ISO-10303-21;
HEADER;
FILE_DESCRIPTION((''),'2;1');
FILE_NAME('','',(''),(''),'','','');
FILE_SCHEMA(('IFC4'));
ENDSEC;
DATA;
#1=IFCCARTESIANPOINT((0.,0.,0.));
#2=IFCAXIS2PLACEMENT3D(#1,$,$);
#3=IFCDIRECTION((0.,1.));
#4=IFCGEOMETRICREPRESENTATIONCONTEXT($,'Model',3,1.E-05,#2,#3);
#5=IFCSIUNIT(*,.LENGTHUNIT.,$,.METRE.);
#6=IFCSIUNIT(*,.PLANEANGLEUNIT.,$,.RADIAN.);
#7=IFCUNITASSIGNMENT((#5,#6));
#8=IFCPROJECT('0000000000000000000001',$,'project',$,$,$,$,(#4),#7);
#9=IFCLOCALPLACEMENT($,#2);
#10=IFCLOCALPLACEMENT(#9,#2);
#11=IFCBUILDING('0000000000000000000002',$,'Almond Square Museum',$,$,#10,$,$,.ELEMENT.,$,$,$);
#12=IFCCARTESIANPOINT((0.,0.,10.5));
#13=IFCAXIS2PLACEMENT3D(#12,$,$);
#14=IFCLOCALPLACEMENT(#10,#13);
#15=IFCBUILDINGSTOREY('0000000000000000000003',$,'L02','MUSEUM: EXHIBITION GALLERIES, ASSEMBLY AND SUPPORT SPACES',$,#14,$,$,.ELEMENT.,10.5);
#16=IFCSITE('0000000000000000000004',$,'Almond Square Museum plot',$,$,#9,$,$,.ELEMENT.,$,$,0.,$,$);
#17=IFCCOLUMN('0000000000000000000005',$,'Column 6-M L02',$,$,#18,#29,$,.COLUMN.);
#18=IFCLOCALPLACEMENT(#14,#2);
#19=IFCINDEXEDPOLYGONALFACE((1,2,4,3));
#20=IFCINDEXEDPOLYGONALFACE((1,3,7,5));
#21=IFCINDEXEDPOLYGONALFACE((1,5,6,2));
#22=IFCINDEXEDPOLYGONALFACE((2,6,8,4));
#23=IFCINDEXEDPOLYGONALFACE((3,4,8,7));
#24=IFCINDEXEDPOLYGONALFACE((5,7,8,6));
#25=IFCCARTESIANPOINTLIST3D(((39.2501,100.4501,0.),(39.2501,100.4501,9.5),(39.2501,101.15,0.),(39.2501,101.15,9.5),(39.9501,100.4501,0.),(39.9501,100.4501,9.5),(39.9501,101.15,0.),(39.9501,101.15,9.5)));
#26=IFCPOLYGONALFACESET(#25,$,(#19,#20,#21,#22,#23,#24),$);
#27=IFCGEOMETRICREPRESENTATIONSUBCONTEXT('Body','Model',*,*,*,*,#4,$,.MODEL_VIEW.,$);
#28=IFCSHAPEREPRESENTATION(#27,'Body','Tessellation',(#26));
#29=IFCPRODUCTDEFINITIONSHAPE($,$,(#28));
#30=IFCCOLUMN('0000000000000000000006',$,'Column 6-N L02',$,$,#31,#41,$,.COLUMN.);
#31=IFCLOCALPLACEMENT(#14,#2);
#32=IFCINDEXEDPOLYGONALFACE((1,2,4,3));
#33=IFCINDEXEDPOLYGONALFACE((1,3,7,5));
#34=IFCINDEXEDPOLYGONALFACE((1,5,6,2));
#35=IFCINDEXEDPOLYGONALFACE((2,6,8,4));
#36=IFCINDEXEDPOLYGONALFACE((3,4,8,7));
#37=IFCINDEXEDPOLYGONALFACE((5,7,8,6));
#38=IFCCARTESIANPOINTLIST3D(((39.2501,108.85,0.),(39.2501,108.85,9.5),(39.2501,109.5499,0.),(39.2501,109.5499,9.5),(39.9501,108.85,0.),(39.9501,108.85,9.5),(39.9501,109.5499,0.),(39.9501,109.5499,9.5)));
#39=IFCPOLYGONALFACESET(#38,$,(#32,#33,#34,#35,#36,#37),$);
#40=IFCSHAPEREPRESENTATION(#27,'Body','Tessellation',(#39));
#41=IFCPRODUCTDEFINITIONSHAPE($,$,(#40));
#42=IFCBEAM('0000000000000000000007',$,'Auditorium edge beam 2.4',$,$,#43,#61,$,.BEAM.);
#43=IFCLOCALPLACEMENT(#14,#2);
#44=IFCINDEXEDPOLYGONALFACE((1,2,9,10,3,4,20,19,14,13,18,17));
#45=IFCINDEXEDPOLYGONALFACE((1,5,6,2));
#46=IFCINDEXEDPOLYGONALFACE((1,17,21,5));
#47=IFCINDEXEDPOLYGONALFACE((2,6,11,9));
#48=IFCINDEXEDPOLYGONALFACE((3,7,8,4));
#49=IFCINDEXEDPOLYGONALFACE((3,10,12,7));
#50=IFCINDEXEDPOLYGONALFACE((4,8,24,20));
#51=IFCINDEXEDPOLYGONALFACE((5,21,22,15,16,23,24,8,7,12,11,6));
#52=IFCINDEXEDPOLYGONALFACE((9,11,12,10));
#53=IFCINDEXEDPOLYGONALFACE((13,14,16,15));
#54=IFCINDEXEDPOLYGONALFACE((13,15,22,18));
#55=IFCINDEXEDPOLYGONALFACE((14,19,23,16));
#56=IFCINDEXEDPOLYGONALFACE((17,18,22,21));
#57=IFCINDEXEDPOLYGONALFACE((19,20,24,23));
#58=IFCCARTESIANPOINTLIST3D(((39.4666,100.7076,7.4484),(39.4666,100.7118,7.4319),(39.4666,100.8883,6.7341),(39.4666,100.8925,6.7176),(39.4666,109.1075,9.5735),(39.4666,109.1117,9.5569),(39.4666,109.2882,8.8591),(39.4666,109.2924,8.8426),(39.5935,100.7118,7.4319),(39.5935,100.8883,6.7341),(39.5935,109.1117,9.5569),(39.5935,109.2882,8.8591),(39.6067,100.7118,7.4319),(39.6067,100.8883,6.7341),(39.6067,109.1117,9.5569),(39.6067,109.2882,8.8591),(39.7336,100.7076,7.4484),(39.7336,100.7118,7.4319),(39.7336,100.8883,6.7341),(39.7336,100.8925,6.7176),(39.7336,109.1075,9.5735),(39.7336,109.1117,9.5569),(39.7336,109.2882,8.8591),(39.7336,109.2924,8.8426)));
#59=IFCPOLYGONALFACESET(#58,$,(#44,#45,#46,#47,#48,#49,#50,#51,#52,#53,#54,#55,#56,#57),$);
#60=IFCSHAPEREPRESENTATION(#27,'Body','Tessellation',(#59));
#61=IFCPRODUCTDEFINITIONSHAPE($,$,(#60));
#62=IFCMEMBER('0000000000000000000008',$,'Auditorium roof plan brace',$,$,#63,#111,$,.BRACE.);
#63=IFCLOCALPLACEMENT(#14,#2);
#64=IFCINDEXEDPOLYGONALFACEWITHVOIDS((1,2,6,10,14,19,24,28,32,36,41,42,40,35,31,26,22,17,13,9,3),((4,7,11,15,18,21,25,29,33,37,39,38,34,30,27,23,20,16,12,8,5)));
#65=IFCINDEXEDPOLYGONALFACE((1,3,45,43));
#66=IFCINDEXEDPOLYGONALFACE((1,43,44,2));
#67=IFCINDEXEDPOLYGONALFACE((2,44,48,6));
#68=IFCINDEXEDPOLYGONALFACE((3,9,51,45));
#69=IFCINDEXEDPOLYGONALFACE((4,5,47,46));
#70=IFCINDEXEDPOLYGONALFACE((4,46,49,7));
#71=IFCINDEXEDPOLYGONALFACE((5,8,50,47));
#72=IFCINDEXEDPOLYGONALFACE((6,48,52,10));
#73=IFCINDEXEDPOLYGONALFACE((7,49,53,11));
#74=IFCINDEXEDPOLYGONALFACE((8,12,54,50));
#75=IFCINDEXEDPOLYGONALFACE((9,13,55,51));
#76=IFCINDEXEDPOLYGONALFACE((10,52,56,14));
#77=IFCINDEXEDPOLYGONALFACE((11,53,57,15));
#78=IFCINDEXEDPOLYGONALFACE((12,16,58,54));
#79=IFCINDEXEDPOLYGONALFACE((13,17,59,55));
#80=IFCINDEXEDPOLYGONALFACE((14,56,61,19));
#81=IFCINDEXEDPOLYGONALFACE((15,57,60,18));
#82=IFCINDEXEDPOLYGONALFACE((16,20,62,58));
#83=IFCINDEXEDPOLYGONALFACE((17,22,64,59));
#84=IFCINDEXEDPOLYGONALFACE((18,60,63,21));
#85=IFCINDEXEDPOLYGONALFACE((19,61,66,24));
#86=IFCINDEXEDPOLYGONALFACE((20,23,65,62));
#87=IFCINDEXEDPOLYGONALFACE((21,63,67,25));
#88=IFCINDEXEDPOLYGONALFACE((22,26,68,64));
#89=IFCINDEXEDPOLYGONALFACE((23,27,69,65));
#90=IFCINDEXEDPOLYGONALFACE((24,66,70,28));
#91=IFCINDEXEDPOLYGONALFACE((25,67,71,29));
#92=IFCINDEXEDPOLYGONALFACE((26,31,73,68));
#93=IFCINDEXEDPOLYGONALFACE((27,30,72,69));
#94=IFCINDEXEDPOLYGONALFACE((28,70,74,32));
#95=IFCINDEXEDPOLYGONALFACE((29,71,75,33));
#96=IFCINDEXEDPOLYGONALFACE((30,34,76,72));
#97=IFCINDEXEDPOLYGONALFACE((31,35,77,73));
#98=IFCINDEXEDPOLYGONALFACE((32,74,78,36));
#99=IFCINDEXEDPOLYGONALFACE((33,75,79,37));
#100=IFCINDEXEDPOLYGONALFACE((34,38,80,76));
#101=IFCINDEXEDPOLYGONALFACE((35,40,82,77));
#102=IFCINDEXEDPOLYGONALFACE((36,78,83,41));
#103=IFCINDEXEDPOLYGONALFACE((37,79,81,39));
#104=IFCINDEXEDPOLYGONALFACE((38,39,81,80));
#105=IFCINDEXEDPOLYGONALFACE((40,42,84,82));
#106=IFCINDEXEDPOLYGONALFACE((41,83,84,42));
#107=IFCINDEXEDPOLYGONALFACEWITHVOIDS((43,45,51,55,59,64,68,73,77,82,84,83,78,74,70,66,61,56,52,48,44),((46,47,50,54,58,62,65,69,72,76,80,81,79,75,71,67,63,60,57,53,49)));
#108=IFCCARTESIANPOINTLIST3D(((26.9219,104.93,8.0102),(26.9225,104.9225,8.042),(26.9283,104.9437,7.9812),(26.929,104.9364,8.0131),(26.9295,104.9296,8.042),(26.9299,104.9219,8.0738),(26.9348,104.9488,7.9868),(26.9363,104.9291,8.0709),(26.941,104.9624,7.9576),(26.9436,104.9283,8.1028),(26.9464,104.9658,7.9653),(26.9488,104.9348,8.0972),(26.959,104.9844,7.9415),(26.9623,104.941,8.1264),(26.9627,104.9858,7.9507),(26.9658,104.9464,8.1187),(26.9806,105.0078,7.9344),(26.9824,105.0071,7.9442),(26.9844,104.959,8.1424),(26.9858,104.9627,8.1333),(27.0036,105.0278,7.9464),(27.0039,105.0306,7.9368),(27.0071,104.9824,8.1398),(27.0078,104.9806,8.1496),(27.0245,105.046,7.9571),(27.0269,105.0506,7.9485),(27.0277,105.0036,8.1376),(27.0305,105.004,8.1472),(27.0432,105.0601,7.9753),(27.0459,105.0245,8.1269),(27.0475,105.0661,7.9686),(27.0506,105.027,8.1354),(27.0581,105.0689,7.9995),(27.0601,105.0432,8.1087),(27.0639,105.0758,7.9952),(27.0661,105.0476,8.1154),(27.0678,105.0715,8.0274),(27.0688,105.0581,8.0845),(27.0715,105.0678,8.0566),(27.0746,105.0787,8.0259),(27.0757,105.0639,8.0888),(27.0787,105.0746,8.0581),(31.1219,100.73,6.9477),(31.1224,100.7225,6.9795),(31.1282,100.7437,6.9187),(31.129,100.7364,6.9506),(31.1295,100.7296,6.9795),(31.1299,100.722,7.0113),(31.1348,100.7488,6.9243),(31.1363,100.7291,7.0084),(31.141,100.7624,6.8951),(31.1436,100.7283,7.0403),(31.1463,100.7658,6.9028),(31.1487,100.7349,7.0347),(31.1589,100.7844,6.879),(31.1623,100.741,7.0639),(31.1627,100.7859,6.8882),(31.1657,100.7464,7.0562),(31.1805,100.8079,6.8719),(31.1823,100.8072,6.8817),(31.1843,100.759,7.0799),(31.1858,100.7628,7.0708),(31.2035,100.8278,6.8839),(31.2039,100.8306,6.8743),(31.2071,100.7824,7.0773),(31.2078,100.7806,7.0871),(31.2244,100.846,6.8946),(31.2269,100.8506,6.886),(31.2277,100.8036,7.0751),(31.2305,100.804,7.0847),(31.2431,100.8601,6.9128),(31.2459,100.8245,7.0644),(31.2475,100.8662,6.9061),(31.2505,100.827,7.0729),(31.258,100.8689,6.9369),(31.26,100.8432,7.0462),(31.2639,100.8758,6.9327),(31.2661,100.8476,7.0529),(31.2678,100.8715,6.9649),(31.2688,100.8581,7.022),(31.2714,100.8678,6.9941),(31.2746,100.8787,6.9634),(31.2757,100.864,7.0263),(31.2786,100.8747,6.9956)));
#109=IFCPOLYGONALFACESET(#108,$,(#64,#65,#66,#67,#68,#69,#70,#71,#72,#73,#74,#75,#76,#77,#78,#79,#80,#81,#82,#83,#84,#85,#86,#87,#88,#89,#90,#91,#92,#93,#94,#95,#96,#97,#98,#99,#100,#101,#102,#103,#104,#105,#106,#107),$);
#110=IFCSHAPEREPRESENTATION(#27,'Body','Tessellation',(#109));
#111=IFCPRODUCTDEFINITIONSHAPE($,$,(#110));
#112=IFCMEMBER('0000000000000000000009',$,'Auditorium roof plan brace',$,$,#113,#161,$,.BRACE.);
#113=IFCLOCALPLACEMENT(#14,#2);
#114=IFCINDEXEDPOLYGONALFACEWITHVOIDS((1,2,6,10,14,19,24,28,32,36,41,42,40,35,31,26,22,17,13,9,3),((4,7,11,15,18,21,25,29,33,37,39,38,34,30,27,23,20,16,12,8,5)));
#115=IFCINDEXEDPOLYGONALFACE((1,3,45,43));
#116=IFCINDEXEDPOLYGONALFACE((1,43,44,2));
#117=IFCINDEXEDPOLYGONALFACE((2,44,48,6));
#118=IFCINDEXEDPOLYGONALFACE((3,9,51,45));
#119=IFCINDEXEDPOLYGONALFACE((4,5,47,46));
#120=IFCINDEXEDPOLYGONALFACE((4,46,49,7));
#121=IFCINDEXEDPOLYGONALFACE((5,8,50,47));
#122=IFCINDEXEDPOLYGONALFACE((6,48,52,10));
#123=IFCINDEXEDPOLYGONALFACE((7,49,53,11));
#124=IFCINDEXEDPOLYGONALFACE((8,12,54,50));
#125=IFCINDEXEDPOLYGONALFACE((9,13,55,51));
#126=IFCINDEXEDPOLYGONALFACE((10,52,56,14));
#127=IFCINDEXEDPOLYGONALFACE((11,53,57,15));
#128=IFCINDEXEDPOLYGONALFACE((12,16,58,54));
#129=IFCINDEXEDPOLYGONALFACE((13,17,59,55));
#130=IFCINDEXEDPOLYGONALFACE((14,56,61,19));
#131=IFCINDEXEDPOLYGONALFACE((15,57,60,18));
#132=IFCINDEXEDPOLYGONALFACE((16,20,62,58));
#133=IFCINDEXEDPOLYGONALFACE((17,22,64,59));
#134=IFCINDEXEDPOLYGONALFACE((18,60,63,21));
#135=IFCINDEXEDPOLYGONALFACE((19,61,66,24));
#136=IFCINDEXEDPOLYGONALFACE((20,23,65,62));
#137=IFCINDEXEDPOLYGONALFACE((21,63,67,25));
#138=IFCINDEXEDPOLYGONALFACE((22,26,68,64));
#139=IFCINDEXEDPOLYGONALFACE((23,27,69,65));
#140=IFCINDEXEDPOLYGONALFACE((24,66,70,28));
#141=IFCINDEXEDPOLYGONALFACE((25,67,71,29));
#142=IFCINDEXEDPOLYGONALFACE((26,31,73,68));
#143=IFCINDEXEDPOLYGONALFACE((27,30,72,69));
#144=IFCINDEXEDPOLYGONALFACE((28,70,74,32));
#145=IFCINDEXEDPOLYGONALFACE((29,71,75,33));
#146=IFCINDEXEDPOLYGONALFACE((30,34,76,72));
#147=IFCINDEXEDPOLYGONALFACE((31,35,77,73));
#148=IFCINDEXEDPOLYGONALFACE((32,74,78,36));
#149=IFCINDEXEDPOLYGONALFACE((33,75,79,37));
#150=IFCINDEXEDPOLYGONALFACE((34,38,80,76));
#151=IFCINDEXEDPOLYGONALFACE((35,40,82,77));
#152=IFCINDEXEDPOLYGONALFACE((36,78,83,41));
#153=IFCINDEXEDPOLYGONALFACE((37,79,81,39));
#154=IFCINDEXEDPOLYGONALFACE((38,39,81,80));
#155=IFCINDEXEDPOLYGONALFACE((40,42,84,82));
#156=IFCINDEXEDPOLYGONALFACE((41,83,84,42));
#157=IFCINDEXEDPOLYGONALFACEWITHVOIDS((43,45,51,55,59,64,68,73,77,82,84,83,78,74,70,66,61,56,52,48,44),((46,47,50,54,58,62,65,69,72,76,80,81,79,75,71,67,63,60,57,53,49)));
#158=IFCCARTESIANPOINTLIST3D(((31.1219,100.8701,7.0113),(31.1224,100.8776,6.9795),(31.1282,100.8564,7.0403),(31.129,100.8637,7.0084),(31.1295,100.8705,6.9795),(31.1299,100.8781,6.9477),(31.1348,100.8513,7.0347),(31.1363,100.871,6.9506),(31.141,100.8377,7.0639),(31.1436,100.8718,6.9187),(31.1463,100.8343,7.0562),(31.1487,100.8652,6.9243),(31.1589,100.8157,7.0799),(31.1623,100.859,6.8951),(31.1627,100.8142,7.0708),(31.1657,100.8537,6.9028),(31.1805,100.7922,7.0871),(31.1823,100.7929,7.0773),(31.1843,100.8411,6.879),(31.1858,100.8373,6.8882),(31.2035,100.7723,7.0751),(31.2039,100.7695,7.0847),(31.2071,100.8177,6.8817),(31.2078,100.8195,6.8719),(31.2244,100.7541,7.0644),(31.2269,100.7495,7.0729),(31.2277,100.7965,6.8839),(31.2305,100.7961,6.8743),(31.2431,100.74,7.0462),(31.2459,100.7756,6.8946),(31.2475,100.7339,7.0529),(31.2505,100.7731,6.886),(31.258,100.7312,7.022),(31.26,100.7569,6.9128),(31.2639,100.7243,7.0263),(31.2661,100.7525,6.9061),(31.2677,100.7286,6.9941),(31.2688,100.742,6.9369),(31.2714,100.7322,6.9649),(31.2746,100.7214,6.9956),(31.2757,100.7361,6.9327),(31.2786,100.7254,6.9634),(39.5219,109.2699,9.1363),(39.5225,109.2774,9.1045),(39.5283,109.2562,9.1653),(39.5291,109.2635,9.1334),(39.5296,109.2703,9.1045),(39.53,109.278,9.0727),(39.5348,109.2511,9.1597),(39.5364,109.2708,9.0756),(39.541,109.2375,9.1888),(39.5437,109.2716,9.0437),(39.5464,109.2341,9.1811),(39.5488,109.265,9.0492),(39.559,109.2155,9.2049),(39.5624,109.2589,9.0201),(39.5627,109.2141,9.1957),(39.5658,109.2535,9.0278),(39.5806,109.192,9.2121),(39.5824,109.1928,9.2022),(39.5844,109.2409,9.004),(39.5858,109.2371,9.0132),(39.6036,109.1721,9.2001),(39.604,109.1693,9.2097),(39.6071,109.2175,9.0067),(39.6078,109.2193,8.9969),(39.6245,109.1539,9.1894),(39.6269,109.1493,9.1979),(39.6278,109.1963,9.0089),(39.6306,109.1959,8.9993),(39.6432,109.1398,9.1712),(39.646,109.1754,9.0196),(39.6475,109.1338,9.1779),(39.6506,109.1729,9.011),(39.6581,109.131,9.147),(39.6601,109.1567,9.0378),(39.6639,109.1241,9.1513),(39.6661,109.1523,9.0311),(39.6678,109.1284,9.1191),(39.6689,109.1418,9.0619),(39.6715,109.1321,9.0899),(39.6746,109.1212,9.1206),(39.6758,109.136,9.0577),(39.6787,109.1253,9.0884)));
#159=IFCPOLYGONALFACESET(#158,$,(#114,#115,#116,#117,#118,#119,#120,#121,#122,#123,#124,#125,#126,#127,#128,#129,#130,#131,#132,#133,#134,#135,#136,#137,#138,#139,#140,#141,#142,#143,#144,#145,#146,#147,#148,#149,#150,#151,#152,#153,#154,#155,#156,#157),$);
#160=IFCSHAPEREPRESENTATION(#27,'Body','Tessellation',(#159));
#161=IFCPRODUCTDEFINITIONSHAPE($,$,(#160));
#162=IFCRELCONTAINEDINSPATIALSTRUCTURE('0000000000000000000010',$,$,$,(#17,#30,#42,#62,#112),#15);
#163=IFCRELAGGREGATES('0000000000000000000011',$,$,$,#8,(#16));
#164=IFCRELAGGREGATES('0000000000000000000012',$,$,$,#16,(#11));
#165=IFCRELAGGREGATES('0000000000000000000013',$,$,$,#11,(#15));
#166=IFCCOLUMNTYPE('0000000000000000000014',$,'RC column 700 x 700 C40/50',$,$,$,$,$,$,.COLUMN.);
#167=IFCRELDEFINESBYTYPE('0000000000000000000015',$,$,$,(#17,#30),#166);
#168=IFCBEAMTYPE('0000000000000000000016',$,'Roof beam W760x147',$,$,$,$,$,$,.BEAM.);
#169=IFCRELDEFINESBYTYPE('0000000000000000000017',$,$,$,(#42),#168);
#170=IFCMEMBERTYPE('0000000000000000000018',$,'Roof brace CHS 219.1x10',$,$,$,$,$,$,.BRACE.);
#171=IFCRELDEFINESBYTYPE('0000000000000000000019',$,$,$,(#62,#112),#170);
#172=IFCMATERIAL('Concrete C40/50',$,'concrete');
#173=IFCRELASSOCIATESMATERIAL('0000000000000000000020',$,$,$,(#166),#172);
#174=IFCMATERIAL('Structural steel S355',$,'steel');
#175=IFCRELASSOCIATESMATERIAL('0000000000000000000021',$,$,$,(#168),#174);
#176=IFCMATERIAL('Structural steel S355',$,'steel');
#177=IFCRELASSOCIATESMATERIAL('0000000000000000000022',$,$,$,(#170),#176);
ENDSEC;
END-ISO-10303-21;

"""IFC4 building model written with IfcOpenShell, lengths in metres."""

from ifc_helpers import new_model, si_unit, direction, frame, origin, origin_2d, place, context, subcontext, project, spatial, rectangle, hollow_circle, i_section, extrude, material, material_profile, profile_set, type_object, element, save


model = new_model("IFC4")

# Units and contexts
model_context = context("Model", 3, precision=1e-05, world=origin(), true_north=direction((0.0, 1.0)))
body_context = subcontext(model_context, "Body", "Model", "MODEL_VIEW")
ifc_project = project(units=[si_unit("LENGTHUNIT", "METRE"), si_unit("PLANEANGLEUNIT", "RADIAN")], contexts=[model_context])

# Site, building, storey
site_placement = place(None, origin())
site = spatial("IfcSite", under=ifc_project, at=site_placement, Name="Almond Square Museum plot", CompositionType="ELEMENT", RefElevation=0.0)
building_placement = place(site_placement, origin())
building = spatial("IfcBuilding", under=site, at=building_placement, Name="Almond Square Museum", CompositionType="ELEMENT")
storey_placement = place(building_placement, frame((0.0, 0.0, 10.5)))
storey = spatial("IfcBuildingStorey", under=building, at=storey_placement, Name="L02", Description="MUSEUM: EXHIBITION GALLERIES, ASSEMBLY AND SUPPORT SPACES", CompositionType="ELEMENT", Elevation=10.5)

# Columns
ifc_material_1 = material(Name="Concrete C40/50", Category="concrete")
ifc_material_profile_1 = material_profile(ifc_material_1, rectangle(XDim=0.7, YDim=0.7, at=origin_2d()))
ifc_profile_set_1 = profile_set([ifc_material_profile_1], Name="Concrete C40/50")
column_type = type_object("IfcColumnType", Name="RC column 700 x 700 C40/50", PredefinedType="COLUMN", material=ifc_profile_set_1)
for number, where, z_axis, x_axis, name in (
    (1, (39.6001, 100.8, 0.0), (0.0, 0.0, 1.0), (1.0, 0.0, 0.0), "Column 6-M L02"),
    (2, (39.6001, 109.2, 0.0), (0.0, 0.0, 1.0), (1.0, 0.0, 0.0), "Column 6-N L02"),
):
    element("IfcColumn", number, at=place(storey_placement, frame(where, z_axis=z_axis, x_axis=x_axis)), inside=storey, type_object=column_type, Name=name, PredefinedType="COLUMN", context=body_context, shape_type="SweptSolid", body=[
        extrude(rectangle(XDim=0.7, YDim=0.7, at=origin_2d()), origin(), (0.0, 0.0, 1.0), 9.5),
    ])

# Beam
ifc_material_2 = material(Name="Structural steel S355", Category="steel")
ifc_material_profile_2 = material_profile(ifc_material_2, i_section(OverallWidth=0.2671, OverallDepth=0.7539, WebThickness=0.0132, FlangeThickness=0.0171, at=origin_2d()))
ifc_profile_set_2 = profile_set([ifc_material_profile_2], Name="Structural steel S355")
beam_type = type_object("IfcBeamType", Name="Roof beam W760x147", PredefinedType="BEAM", material=ifc_profile_set_2)
beam_placement = place(storey_placement, frame((39.6001, 100.8, 7.083), z_axis=(0.0, 0.969459, 0.245253), x_axis=(-1.0, 0.0, 0.0)))
element("IfcBeam", 3, at=beam_placement, inside=storey, type_object=beam_type, Name="Auditorium edge beam 2.4", PredefinedType="BEAM", context=body_context, shape_type="SweptSolid", body=[
    extrude(i_section(OverallWidth=0.2671, OverallDepth=0.7539, WebThickness=0.0132, FlangeThickness=0.0171, at=origin_2d()), origin(), (0.0, 0.0, 1.0), 8.6646),
])

# Members
ifc_material_3 = material(Name="Structural steel S355", Category="steel")
ifc_material_profile_3 = material_profile(ifc_material_3, hollow_circle(Radius=0.1096, WallThickness=0.01, at=origin_2d()))
ifc_profile_set_3 = profile_set([ifc_material_profile_3], Name="Structural steel S355")
member_type_1 = type_object("IfcMemberType", Name="Roof brace CHS 219.1x10", PredefinedType="BRACE", material=ifc_profile_set_3)
member_1_placement = place(storey_placement, frame((31.2, 100.8, 6.9795), z_axis=(-0.696058, 0.696058, 0.176088), x_axis=(-0.707107, -0.707107, 0.0)))
element("IfcMember", 4, at=member_1_placement, inside=storey, type_object=member_type_1, Name="Auditorium roof plan brace", PredefinedType="BRACE", context=body_context, shape_type="SweptSolid", body=[
    extrude(hollow_circle(Radius=0.1096, WallThickness=0.01, at=origin_2d()), origin(), (0.0, 0.0, 1.0), 6.0339),
])
member_2_placement = place(storey_placement, frame((31.2, 100.8, 6.9795), z_axis=(0.696068, 0.696048, 0.176086), x_axis=(-0.707097, 0.707117, 0.0)))
element("IfcMember", 5, at=member_2_placement, inside=storey, type_object=member_type_1, Name="Auditorium roof plan brace", PredefinedType="BRACE", context=body_context, shape_type="SweptSolid", body=[
    extrude(hollow_circle(Radius=0.1096, WallThickness=0.01, at=origin_2d()), origin(), (0.0, 0.0, 1.0), 12.0679),
])

save(model, "model.ifc")
